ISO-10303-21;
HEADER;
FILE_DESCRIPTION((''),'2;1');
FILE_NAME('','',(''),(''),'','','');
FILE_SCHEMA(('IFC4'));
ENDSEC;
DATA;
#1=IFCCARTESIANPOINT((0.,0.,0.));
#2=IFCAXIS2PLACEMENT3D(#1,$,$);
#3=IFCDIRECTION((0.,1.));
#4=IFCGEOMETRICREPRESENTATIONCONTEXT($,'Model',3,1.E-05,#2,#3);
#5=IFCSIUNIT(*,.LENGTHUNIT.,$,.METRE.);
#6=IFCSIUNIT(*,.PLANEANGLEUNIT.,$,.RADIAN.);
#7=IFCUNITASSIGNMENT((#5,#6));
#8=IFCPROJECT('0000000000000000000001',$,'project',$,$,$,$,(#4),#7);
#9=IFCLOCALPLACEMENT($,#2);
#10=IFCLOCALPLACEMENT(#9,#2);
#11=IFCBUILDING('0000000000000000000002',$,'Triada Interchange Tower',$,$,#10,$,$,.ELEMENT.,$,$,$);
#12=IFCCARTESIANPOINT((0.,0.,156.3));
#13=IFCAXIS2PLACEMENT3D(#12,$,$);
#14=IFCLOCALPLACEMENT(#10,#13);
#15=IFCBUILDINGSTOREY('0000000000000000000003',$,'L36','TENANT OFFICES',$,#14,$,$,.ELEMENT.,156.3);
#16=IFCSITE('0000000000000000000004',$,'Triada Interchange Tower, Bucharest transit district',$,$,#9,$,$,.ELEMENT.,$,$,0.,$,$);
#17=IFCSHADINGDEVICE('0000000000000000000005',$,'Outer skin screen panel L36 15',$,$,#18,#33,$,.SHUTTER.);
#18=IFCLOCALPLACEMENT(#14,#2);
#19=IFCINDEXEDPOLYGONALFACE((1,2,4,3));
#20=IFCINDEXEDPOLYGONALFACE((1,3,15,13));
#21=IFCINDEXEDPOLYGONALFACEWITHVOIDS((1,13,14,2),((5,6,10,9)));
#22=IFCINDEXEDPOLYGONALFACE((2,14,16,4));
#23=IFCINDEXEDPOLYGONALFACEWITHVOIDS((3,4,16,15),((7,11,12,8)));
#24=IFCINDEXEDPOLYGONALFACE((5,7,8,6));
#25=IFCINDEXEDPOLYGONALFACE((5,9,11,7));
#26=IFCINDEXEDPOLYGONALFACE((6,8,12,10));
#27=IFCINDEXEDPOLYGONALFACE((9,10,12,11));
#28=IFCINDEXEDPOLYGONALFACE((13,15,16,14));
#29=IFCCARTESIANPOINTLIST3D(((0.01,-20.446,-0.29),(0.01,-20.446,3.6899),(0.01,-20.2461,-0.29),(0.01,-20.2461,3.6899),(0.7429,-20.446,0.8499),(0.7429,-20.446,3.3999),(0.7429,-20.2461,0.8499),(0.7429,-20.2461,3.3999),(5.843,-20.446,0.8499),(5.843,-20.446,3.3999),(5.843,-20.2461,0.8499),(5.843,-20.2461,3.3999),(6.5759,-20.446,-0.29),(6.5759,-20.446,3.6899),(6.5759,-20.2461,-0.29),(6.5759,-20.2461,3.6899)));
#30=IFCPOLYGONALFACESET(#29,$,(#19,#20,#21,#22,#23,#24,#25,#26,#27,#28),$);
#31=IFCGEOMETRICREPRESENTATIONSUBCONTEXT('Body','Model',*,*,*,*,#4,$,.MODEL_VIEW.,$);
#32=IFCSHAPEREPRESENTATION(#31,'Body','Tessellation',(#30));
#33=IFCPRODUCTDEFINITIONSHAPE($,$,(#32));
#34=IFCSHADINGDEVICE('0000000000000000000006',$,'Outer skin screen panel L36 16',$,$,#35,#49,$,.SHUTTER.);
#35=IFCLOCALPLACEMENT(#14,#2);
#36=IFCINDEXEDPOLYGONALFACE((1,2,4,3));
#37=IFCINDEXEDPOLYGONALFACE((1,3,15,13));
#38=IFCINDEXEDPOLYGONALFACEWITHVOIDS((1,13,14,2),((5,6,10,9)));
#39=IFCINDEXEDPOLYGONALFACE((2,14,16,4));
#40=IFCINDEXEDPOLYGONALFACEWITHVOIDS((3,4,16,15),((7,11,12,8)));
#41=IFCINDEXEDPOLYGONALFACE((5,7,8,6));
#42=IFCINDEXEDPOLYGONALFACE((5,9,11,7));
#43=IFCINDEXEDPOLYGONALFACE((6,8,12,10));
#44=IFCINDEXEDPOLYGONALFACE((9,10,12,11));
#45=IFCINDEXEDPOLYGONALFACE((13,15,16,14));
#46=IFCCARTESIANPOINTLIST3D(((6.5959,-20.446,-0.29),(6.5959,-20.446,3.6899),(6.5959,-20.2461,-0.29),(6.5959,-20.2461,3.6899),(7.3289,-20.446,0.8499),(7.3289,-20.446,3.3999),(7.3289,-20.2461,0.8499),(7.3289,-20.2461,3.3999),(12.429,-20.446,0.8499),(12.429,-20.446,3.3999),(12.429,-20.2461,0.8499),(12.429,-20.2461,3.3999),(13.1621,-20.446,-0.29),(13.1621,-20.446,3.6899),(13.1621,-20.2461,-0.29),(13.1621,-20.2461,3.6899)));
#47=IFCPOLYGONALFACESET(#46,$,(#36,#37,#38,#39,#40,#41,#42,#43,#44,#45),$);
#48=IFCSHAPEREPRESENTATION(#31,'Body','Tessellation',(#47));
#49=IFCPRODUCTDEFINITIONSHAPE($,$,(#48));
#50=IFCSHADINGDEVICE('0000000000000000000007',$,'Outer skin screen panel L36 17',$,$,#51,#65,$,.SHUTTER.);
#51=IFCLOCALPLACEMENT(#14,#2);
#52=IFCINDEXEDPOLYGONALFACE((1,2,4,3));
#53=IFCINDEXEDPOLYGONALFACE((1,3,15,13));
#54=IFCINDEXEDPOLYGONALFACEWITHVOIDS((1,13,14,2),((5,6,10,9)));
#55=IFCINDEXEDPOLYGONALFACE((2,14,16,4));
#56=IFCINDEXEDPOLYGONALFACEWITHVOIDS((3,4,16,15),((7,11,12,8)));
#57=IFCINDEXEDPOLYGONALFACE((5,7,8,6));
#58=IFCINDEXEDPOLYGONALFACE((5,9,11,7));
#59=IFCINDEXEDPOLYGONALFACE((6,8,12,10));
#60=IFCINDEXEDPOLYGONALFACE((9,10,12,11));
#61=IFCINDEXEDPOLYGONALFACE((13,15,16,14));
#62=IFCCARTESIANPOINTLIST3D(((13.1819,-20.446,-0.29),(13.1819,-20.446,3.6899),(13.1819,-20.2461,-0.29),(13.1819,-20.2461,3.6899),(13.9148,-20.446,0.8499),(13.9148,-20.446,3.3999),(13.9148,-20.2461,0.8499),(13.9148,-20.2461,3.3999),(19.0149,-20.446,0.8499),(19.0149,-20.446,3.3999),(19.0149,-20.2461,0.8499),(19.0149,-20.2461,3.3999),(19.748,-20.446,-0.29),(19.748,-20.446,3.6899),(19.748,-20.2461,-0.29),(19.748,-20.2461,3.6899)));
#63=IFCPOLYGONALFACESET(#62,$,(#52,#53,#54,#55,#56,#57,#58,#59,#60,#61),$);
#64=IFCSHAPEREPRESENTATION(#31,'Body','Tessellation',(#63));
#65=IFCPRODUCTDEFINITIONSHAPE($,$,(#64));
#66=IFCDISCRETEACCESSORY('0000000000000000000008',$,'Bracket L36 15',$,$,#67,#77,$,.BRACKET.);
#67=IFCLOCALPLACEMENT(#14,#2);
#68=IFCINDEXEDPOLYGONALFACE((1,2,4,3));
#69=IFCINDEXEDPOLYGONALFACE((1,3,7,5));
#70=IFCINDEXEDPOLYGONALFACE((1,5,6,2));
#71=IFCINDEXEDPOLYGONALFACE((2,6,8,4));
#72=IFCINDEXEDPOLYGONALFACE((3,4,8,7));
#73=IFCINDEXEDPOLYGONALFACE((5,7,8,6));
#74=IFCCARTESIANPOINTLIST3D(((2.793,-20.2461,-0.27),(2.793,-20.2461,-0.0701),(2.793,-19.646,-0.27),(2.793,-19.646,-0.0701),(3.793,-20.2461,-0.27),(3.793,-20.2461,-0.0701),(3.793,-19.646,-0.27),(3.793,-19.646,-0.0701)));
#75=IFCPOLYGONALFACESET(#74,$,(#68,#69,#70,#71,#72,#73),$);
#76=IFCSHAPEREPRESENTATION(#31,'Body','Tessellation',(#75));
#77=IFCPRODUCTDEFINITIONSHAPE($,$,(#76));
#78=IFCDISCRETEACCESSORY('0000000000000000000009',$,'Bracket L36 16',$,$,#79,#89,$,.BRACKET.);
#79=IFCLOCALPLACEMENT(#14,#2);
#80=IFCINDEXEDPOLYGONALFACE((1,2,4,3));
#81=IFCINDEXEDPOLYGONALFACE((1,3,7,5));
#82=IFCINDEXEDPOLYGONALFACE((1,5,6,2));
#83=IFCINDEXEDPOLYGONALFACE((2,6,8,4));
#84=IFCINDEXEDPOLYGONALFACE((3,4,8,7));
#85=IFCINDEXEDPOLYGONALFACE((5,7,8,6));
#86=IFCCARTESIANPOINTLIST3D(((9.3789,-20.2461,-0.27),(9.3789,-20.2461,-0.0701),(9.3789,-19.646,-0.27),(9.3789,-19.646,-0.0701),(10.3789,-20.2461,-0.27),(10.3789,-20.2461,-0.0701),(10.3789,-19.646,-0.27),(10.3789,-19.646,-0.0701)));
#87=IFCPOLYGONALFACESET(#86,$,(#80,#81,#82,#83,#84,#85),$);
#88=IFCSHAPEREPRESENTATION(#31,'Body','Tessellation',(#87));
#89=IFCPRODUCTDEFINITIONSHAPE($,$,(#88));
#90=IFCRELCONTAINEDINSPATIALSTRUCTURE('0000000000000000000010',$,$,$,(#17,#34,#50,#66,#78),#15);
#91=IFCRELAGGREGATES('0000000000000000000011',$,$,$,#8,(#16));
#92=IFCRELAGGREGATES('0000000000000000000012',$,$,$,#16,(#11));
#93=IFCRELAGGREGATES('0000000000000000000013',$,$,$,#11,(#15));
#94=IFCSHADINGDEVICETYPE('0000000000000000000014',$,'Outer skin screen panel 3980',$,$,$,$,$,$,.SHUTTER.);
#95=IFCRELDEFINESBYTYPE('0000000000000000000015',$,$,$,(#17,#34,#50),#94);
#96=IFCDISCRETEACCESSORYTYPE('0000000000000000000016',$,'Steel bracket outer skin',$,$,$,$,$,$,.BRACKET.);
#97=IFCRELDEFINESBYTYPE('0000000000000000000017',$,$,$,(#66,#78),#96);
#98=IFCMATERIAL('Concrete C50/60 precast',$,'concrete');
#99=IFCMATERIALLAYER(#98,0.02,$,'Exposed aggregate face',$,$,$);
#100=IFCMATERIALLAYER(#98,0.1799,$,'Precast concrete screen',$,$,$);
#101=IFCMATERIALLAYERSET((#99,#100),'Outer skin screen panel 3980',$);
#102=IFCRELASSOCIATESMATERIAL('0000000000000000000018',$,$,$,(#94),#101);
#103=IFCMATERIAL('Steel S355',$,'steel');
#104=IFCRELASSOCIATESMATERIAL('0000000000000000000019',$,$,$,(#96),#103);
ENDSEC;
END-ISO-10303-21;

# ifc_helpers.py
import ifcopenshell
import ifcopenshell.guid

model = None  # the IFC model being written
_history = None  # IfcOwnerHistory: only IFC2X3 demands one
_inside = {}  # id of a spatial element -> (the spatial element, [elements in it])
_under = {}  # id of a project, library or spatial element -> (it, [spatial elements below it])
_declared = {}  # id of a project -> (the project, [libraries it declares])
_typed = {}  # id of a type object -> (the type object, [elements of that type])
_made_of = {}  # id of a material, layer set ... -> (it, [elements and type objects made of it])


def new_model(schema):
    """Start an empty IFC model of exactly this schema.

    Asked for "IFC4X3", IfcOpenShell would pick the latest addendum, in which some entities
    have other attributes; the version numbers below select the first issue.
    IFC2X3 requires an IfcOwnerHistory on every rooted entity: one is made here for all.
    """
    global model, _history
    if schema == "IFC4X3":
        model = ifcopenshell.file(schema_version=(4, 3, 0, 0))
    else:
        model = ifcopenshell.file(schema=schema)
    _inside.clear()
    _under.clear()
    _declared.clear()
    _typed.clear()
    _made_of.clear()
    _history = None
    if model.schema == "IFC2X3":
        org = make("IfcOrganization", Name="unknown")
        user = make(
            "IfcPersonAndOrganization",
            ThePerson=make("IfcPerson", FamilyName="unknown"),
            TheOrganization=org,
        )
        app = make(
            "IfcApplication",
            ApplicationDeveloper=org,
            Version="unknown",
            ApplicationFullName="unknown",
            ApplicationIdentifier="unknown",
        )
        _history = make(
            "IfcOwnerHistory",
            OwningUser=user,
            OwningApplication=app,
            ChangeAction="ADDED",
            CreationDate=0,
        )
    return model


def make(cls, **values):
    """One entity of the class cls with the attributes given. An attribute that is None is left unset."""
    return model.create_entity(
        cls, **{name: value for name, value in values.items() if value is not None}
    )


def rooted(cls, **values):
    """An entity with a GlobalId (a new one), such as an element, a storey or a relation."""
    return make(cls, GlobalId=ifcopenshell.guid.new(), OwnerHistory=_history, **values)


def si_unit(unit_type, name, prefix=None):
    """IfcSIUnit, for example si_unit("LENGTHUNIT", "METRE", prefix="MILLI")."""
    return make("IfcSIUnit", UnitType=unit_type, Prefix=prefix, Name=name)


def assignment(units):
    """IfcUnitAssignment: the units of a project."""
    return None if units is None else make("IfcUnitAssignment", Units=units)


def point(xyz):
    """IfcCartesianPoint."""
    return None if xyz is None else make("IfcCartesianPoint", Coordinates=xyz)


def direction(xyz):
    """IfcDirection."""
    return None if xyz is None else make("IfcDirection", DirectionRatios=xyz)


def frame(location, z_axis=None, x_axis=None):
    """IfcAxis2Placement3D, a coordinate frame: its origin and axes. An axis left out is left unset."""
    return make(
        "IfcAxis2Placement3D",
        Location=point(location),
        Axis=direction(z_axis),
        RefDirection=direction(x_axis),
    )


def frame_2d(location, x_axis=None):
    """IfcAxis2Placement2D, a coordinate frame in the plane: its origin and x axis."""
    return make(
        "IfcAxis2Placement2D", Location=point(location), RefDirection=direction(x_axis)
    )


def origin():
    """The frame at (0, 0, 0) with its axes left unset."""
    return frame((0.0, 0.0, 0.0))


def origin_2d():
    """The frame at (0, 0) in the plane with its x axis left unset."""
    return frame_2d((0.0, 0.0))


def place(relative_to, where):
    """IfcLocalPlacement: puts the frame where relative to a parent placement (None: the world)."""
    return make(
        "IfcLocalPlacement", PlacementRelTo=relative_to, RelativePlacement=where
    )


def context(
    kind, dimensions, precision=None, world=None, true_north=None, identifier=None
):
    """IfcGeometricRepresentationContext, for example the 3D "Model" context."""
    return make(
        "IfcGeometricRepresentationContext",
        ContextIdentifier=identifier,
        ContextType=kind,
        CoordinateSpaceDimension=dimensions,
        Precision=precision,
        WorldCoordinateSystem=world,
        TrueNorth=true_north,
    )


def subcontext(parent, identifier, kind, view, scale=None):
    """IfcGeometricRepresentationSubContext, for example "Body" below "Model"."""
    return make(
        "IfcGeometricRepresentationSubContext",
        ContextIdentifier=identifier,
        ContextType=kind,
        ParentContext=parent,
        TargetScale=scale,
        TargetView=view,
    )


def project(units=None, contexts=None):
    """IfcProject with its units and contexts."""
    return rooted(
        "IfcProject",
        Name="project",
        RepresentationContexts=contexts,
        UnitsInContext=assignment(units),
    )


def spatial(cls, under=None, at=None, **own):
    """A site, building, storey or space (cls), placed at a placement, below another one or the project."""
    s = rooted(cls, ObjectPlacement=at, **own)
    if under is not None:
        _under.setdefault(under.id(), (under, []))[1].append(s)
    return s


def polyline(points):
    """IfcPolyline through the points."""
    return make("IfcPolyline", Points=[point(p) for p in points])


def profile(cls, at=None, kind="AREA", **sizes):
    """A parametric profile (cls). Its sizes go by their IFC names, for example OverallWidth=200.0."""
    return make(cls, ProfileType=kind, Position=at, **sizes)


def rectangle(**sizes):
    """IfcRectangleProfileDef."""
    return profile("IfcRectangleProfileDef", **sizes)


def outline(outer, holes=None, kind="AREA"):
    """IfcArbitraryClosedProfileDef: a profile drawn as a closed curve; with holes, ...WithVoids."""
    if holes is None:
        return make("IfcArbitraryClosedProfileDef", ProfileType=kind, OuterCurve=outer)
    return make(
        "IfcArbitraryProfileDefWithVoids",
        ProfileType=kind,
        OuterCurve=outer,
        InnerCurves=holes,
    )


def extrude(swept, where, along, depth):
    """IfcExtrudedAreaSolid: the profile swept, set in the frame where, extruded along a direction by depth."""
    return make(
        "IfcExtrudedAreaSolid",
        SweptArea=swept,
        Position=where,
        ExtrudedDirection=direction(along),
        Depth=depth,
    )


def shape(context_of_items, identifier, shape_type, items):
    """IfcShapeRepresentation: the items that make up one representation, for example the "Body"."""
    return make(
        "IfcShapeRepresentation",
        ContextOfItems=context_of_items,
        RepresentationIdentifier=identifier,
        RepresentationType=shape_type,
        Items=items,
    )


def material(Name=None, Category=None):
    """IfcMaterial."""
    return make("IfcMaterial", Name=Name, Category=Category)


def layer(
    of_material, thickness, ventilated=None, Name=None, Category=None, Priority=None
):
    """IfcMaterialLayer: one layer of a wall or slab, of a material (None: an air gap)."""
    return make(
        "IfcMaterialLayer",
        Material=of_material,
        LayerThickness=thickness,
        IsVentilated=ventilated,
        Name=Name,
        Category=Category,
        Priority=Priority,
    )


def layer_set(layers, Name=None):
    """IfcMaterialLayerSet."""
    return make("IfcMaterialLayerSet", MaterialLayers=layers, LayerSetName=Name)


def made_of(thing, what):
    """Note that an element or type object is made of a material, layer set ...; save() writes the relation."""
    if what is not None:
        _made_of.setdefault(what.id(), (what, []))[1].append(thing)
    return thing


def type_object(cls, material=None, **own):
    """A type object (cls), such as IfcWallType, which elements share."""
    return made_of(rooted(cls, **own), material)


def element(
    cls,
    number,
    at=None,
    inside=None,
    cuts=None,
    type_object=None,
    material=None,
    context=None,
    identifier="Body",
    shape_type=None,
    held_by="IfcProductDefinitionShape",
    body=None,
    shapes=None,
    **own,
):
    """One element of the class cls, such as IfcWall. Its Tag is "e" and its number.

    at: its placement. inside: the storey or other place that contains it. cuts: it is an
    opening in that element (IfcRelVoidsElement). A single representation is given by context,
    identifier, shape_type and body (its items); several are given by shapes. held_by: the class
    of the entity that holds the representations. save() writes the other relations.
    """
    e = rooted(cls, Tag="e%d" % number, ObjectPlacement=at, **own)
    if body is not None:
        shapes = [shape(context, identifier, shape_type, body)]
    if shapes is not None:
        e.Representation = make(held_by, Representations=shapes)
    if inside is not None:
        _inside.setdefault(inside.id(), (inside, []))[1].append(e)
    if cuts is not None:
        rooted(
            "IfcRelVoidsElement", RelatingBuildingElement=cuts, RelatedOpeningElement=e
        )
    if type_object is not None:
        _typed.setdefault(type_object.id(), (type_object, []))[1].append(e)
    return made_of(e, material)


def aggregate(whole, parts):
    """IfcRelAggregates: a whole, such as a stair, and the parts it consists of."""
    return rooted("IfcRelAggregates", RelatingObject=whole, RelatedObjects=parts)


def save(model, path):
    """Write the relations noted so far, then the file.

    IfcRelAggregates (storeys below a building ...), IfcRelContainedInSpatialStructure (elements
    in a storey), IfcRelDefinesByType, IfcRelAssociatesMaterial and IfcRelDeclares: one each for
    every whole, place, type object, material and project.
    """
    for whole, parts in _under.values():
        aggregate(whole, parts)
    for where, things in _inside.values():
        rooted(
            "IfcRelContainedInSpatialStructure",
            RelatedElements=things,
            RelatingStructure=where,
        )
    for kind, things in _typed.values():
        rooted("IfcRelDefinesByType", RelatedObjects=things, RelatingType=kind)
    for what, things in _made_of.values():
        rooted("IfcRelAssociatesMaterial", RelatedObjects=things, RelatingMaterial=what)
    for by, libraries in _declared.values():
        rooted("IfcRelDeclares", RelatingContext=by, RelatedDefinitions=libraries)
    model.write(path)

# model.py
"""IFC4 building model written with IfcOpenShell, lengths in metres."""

from ifc_helpers import new_model, si_unit, direction, frame, origin, origin_2d, place, context, subcontext, project, spatial, polyline, rectangle, outline, extrude, material, layer, layer_set, type_object, element, save


model = new_model("IFC4")

# Units and contexts
model_context = context("Model", 3, precision=1e-05, world=origin(), true_north=direction((0.0, 1.0)))
body_context = subcontext(model_context, "Body", "Model", "MODEL_VIEW")
ifc_project = project(units=[si_unit("LENGTHUNIT", "METRE"), si_unit("PLANEANGLEUNIT", "RADIAN")], contexts=[model_context])

# Site, building, storey
site_placement = place(None, origin())
site = spatial("IfcSite", under=ifc_project, at=site_placement, Name="Triada Interchange Tower, Bucharest transit district", CompositionType="ELEMENT", RefElevation=0.0)
building_placement = place(site_placement, origin())
building = spatial("IfcBuilding", under=site, at=building_placement, Name="Triada Interchange Tower", CompositionType="ELEMENT")
storey_placement = place(building_placement, frame((0.0, 0.0, 156.3)))
storey = spatial("IfcBuildingStorey", under=building, at=storey_placement, Name="L36", Description="TENANT OFFICES", CompositionType="ELEMENT", Elevation=156.3)

# Shading devices
ifc_material_1 = material(Name="Concrete C50/60 precast", Category="concrete")
ifc_layer_1 = layer(ifc_material_1, 0.02, Name="Exposed aggregate face")
ifc_layer_2 = layer(ifc_material_1, 0.1799, Name="Precast concrete screen")
ifc_layer_set_1 = layer_set([ifc_layer_1, ifc_layer_2], Name="Outer skin screen panel 3980")
shading_device_type = type_object("IfcShadingDeviceType", Name="Outer skin screen panel 3980", PredefinedType="SHUTTER", material=ifc_layer_set_1)
shading_device_placement = place(storey_placement, frame((0.01, -20.2461, -0.29), z_axis=(0.0, 0.0, 1.0), x_axis=(1.0, 0.0, 0.0)))
element("IfcShadingDevice", 1, at=shading_device_placement, inside=storey, type_object=shading_device_type, Name="Outer skin screen panel L36 15", PredefinedType="SHUTTER", context=body_context, shape_type="SweptSolid", body=[
    extrude(outline(polyline([(0.0, 0.0), (6.5659, 0.0), (6.5659, 3.98), (0.0, 3.98), (0.0, 0.0)]), holes=[polyline([(0.7329, 1.1399), (0.7329, 3.6899), (5.833, 3.6899), (5.833, 1.1399), (0.7329, 1.1399)])]), frame((0.0, 0.0, 0.0), z_axis=(0.0, -1.0, 0.0), x_axis=(1.0, 0.0, 0.0)), (0.0, 0.0, 1.0), 0.2),
])
for number, where, z_axis, x_axis, name in (
    (2, (6.5959, -20.2461, -0.29), (0.0, 0.0, 1.0), (1.0, 0.0, 0.0), "Outer skin screen panel L36 16"),
    (3, (13.1819, -20.2461, -0.29), (0.0, 0.0, 1.0), (1.0, 0.0, 0.0), "Outer skin screen panel L36 17"),
):
    element("IfcShadingDevice", number, at=place(storey_placement, frame(where, z_axis=z_axis, x_axis=x_axis)), inside=storey, type_object=shading_device_type, Name=name, PredefinedType="SHUTTER", context=body_context, shape_type="SweptSolid", body=[
        extrude(outline(polyline([(0.0, 0.0), (6.5662, 0.0), (6.5662, 3.98), (0.0, 3.98), (0.0, 0.0)]), holes=[polyline([(0.7329, 1.1399), (0.7329, 3.6899), (5.833, 3.6899), (5.833, 1.1399), (0.7329, 1.1399)])]), frame((0.0, 0.0, 0.0), z_axis=(0.0, -1.0, 0.0), x_axis=(1.0, 0.0, 0.0)), (0.0, 0.0, 1.0), 0.2),
    ])

# Discrete accessories
ifc_material_2 = material(Name="Steel S355", Category="steel")
discrete_accessory_type = type_object("IfcDiscreteAccessoryType", Name="Steel bracket outer skin", PredefinedType="BRACKET", material=ifc_material_2)
for number, where, z_axis, x_axis, name in (
    (4, (3.293, -19.946, -0.27), (0.0, 0.0, 1.0), (0.0, -1.0, 0.0), "Bracket L36 15"),
    (5, (9.8789, -19.946, -0.27), (0.0, 0.0, 1.0), (0.0, -1.0, 0.0), "Bracket L36 16"),
):
    element("IfcDiscreteAccessory", number, at=place(storey_placement, frame(where, z_axis=z_axis, x_axis=x_axis)), inside=storey, type_object=discrete_accessory_type, Name=name, PredefinedType="BRACKET", context=body_context, shape_type="SweptSolid", body=[
        extrude(rectangle(XDim=0.6001, YDim=1.0, at=origin_2d()), origin(), (0.0, 0.0, 1.0), 0.2),
    ])

save(model, "model.ifc")
